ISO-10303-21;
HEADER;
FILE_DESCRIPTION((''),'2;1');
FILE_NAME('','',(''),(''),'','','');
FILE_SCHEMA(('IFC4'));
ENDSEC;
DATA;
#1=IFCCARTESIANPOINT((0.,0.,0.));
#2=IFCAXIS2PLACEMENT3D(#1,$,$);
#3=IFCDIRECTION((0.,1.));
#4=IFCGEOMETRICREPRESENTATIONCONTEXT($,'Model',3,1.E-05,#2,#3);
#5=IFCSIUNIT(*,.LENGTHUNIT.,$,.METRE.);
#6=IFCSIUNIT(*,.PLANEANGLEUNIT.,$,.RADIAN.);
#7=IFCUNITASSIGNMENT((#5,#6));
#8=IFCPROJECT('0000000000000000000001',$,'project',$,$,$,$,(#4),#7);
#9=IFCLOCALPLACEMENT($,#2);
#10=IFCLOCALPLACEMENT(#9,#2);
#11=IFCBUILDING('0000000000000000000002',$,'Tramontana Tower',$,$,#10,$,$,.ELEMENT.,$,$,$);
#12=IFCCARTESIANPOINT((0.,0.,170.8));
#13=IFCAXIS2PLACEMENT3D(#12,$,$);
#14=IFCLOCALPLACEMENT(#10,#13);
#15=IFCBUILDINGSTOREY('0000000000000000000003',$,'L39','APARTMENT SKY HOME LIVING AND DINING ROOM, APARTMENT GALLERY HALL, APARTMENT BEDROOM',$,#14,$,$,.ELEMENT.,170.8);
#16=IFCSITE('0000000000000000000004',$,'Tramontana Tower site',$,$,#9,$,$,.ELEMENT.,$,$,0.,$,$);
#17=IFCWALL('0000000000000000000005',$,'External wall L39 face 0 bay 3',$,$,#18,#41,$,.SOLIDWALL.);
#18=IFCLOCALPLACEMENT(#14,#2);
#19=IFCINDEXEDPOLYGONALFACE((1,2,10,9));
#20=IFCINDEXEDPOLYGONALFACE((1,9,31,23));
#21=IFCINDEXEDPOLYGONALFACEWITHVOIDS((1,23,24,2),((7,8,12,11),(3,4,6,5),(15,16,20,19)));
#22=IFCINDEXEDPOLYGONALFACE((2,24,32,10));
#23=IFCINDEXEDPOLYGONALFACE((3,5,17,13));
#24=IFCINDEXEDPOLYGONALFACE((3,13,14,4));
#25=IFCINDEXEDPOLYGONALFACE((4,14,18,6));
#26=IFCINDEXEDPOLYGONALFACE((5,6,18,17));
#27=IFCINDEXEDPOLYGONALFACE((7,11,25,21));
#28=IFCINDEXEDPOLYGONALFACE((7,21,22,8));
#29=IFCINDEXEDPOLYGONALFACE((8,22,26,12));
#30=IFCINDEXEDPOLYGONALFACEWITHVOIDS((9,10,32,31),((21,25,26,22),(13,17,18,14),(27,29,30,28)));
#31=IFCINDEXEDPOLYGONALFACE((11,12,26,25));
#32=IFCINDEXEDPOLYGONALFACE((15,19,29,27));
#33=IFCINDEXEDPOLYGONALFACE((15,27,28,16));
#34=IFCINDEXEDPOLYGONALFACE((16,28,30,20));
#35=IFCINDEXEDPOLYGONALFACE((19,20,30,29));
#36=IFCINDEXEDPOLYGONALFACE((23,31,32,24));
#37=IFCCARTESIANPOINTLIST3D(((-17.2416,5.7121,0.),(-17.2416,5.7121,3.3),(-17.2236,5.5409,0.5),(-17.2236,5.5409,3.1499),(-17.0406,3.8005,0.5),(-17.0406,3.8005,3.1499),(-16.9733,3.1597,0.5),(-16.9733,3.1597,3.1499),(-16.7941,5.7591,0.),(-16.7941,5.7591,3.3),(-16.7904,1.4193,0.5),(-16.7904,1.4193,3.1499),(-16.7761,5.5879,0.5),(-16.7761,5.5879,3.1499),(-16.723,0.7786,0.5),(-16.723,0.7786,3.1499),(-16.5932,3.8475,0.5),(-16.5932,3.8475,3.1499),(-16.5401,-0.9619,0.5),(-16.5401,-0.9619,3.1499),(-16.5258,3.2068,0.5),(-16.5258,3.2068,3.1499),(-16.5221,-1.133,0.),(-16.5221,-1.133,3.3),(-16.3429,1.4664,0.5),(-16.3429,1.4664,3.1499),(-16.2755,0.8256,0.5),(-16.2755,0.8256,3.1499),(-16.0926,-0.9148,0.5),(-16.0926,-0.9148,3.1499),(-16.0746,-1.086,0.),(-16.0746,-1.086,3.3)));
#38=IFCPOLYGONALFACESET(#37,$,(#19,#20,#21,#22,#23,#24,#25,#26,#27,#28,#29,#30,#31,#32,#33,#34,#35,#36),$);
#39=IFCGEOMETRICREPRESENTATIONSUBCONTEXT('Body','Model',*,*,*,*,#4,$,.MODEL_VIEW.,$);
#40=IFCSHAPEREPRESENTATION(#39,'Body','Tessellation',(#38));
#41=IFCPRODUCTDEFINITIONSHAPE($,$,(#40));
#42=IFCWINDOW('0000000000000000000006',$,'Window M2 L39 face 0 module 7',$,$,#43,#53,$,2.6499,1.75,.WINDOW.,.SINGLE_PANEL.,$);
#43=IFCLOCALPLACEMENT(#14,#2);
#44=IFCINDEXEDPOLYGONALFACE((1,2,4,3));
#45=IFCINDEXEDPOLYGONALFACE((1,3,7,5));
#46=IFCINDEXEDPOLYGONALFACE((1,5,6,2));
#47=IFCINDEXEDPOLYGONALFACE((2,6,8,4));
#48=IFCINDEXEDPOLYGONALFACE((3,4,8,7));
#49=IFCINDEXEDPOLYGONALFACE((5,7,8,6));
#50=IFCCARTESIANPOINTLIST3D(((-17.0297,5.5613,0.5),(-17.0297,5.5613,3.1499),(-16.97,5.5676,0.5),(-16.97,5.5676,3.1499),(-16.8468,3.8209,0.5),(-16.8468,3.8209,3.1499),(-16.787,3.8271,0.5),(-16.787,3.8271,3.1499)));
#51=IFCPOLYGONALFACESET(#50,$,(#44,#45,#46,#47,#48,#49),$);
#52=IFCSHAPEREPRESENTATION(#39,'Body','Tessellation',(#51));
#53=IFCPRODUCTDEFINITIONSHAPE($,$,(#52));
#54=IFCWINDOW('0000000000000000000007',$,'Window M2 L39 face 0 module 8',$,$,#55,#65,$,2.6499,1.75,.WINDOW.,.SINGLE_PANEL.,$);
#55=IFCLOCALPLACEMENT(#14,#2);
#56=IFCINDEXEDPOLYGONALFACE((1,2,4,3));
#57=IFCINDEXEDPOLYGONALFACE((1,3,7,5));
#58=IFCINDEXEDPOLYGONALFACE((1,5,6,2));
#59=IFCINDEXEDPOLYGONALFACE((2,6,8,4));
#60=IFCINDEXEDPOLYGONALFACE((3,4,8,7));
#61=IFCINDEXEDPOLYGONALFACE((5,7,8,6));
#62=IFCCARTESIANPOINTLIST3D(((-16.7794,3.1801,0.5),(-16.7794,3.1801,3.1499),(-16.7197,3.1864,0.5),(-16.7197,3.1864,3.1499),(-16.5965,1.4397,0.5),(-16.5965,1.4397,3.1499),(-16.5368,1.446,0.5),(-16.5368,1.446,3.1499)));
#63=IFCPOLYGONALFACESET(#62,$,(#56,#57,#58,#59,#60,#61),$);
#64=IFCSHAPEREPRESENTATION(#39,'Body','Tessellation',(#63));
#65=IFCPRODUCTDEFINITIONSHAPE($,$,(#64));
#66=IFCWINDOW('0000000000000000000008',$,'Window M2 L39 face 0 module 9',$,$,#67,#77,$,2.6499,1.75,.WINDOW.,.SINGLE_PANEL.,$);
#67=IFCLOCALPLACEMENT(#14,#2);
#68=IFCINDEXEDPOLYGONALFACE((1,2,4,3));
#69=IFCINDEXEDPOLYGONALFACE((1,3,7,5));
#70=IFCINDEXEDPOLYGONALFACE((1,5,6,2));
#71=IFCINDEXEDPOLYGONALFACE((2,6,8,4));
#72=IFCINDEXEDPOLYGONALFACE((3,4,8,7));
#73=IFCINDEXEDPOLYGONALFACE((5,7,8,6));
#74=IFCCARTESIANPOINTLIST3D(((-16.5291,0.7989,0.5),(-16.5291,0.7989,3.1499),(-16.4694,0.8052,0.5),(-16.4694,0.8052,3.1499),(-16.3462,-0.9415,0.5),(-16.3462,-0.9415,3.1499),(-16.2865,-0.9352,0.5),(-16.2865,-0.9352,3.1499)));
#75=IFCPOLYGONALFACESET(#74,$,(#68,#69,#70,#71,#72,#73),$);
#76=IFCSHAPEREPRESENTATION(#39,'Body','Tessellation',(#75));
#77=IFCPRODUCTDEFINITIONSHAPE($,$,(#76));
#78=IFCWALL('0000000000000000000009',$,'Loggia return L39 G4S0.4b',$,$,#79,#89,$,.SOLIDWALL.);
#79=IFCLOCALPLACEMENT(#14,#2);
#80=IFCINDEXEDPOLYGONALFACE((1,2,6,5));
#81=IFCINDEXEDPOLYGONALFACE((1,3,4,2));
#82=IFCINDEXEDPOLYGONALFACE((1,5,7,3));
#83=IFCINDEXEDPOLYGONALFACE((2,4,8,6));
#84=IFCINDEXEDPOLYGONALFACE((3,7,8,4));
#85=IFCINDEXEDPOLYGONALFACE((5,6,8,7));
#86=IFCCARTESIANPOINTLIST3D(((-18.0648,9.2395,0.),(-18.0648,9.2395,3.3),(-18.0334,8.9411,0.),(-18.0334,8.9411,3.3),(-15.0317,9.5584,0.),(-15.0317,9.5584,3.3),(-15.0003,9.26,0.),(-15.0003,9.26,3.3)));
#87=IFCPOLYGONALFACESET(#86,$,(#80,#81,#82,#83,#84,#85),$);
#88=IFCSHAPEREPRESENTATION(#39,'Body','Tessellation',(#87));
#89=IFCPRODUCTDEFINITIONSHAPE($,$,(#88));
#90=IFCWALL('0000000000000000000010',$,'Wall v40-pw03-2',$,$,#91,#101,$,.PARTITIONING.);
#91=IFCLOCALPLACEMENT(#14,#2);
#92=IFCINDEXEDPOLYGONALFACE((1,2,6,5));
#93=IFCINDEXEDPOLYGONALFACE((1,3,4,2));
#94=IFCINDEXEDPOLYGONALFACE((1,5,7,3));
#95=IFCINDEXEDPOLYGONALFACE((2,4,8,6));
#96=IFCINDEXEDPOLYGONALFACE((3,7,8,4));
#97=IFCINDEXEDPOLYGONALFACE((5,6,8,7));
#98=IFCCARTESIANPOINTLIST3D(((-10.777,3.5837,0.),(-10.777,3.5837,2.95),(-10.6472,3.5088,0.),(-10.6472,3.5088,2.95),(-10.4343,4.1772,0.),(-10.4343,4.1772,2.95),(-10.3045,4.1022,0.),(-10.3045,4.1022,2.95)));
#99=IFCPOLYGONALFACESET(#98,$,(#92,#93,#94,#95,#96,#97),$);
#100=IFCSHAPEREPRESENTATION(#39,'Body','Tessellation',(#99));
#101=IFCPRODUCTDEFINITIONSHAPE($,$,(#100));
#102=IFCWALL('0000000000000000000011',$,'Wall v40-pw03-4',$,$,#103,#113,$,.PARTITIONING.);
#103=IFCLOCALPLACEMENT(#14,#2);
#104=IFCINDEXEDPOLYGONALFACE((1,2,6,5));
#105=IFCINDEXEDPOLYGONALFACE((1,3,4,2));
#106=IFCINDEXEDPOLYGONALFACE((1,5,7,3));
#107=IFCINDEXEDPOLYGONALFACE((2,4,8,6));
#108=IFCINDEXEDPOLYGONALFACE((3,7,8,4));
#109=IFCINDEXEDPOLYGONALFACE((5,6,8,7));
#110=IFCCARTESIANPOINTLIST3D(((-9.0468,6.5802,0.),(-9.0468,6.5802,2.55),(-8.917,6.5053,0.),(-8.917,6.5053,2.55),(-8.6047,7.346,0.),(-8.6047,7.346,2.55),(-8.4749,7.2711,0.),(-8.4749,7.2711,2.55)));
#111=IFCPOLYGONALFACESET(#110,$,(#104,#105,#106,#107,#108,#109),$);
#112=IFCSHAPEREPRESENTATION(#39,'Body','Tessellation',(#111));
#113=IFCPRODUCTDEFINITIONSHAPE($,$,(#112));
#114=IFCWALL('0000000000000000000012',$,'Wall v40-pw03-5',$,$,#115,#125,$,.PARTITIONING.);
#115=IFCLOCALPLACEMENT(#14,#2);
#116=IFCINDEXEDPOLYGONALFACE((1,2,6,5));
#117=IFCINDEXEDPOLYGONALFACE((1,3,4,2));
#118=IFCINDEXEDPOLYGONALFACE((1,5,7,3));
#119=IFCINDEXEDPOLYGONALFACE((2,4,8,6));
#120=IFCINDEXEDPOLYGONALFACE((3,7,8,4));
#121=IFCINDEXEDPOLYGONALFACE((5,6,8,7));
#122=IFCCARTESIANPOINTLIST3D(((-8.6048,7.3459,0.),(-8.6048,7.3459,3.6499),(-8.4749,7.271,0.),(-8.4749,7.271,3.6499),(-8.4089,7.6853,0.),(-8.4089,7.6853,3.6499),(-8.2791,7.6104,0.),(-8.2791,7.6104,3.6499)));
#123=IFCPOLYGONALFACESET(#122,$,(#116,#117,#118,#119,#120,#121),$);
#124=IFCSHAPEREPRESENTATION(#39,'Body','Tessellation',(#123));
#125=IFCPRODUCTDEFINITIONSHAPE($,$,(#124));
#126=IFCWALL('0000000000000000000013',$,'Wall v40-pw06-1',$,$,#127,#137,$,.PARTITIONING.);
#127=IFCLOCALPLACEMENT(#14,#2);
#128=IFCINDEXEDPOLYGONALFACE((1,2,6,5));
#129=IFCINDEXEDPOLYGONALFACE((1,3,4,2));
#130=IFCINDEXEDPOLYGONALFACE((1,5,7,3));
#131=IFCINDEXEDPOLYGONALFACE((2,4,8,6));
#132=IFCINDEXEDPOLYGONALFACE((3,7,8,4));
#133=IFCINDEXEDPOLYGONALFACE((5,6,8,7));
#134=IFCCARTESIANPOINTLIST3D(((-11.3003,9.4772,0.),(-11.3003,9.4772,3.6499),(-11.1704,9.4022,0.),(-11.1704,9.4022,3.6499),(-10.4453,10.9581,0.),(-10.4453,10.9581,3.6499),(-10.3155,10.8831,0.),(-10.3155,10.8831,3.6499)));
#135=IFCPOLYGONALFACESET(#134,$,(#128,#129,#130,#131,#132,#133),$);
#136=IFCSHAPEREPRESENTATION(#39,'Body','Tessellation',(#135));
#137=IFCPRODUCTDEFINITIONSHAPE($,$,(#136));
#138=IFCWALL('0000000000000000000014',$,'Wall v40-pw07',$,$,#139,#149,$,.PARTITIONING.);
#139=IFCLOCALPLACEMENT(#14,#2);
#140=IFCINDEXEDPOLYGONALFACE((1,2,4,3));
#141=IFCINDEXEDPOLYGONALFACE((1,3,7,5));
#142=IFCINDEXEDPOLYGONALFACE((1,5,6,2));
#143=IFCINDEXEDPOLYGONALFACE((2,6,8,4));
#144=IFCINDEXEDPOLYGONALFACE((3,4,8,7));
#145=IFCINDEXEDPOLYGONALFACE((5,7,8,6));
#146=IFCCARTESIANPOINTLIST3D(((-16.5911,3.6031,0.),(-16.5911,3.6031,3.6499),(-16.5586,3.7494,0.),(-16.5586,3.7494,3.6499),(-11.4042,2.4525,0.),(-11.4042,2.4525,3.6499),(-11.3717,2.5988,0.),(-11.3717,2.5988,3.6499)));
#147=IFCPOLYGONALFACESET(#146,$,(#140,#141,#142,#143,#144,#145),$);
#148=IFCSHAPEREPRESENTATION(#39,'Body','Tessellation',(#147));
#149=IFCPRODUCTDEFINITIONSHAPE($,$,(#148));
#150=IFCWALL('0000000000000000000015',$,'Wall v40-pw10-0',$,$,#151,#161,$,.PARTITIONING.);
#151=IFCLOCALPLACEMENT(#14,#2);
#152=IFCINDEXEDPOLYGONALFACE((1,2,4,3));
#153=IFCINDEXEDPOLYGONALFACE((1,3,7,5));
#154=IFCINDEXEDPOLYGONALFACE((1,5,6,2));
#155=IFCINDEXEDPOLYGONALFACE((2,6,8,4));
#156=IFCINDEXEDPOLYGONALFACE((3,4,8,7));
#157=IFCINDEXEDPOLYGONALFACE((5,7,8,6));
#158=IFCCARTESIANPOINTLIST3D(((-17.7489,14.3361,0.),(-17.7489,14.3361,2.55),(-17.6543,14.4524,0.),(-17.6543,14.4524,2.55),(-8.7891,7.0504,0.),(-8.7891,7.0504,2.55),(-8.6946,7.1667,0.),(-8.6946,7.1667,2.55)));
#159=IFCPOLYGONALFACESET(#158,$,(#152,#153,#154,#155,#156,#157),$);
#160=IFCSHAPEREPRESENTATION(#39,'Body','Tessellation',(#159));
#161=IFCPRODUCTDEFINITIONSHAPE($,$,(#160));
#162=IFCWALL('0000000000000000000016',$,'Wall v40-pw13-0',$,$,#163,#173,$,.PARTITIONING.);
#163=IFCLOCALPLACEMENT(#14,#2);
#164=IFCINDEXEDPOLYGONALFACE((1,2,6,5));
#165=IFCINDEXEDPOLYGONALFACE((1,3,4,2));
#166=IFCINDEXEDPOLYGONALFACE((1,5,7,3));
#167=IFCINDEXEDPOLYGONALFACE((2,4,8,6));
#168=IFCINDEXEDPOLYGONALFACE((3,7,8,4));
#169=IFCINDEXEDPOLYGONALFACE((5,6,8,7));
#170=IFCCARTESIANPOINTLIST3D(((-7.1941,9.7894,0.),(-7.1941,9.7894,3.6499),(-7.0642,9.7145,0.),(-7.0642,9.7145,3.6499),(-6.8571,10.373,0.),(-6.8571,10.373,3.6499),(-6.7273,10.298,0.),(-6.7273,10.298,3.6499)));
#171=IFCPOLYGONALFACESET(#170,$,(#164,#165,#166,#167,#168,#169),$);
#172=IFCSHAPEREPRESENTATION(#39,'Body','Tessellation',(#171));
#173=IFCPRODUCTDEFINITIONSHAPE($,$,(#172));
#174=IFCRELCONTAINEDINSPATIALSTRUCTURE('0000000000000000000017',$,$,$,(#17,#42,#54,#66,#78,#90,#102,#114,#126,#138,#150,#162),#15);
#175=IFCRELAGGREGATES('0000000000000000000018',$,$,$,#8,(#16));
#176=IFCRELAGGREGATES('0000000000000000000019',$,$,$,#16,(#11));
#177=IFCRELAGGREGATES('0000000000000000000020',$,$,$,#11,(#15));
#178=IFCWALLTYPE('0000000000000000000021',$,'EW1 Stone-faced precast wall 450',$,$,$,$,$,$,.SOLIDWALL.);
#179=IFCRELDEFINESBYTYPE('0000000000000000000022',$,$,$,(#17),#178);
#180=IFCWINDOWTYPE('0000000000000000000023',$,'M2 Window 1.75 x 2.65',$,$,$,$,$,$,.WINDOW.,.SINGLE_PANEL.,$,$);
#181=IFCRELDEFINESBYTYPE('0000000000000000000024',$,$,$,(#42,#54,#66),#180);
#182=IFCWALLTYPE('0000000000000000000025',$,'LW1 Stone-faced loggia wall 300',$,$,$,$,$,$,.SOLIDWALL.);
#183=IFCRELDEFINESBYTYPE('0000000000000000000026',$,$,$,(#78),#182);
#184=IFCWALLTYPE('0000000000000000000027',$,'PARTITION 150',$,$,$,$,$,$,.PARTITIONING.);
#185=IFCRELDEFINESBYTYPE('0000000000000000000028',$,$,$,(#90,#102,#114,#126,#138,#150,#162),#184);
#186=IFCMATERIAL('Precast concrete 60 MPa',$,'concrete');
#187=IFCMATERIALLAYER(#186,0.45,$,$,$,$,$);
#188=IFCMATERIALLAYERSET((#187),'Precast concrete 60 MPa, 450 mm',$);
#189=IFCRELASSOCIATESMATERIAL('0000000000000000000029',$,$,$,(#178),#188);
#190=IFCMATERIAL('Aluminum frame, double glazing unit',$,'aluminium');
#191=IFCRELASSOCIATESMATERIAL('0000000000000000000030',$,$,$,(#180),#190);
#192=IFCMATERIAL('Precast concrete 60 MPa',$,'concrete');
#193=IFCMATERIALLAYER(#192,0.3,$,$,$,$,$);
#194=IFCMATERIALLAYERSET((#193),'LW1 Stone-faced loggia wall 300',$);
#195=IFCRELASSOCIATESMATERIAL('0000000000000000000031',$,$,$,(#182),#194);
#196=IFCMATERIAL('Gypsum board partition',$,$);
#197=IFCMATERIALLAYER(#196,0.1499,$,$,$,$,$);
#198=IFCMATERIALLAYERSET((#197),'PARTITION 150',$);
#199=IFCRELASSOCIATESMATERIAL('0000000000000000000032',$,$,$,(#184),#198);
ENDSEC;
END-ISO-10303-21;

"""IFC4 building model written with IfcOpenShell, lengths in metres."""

from ifc_helpers import new_model, si_unit, direction, frame, frame_2d, origin, place, context, subcontext, project, spatial, rectangle, extrude, material, layer, layer_set, type_object, element, fill, save


model = new_model("IFC4")

# Units and contexts
model_context = context("Model", 3, precision=1e-05, world=origin(), true_north=direction((0.0, 1.0)))
body_context = subcontext(model_context, "Body", "Model", "MODEL_VIEW")
ifc_project = project(units=[si_unit("LENGTHUNIT", "METRE"), si_unit("PLANEANGLEUNIT", "RADIAN")], contexts=[model_context])

# Site, building, storey
site_placement = place(None, origin())
site = spatial("IfcSite", under=ifc_project, at=site_placement, Name="Tramontana Tower site", CompositionType="ELEMENT", RefElevation=0.0)
building_placement = place(site_placement, origin())
building = spatial("IfcBuilding", under=site, at=building_placement, Name="Tramontana Tower", CompositionType="ELEMENT")
storey_placement = place(building_placement, frame((0.0, 0.0, 170.8)))
storey = spatial("IfcBuildingStorey", under=building, at=storey_placement, Name="L39", Description="APARTMENT SKY HOME LIVING AND DINING ROOM, APARTMENT GALLERY HALL, APARTMENT BEDROOM", CompositionType="ELEMENT", Elevation=170.8)

# Shared definitions
ifc_material_1 = material(Name="Precast concrete 60 MPa", Category="concrete")
ifc_layer_1 = layer(ifc_material_1, 0.45)
ifc_layer_set_1 = layer_set([ifc_layer_1], Name="Precast concrete 60 MPa, 450 mm")
wall_type_1 = type_object("IfcWallType", Name="EW1 Stone-faced precast wall 450", PredefinedType="SOLIDWALL", material=ifc_layer_set_1)
ifc_material_2 = material(Name="Aluminum frame, double glazing unit", Category="aluminium")
window_type = type_object("IfcWindowType", Name="M2 Window 1.75 x 2.65", PartitioningType="SINGLE_PANEL", PredefinedType="WINDOW", material=ifc_material_2)

# Wall, openings, windows
wall_1_placement = place(storey_placement, frame((-17.0178, 5.7356, 0.0), z_axis=(0.0, 0.0, 1.0), x_axis=(0.104532, -0.994522, 0.0)))
wall_1 = element("IfcWall", 1, at=wall_1_placement, inside=storey, type_object=wall_type_1, Name="External wall L39 face 0 bay 3", PredefinedType="SOLIDWALL", context=body_context, shape_type="SweptSolid", body=[
    extrude(rectangle(XDim=6.8828, YDim=0.45, at=frame_2d((3.4414, 0.0))), origin(), (0.0, 0.0, 1.0), 3.3),
])
opening_1_placement = place(wall_1_placement, frame((0.1721, 0.0, 0.5)))
opening_1 = element("IfcOpeningElement", 2, at=opening_1_placement, cuts=wall_1, PredefinedType="OPENING", context=body_context, shape_type="SweptSolid", body=[
    extrude(rectangle(XDim=1.75, YDim=2.6499, at=frame_2d((0.875, 1.325))), frame((0.0, 0.2349, 0.0), z_axis=(0.0, -1.0, 0.0), x_axis=(1.0, 0.0, 0.0)), (0.0, 0.0, 1.0), 0.47),
])
opening_2_placement = place(wall_1_placement, frame((2.5664, 0.0, 0.5)))
opening_2 = element("IfcOpeningElement", 3, at=opening_2_placement, cuts=wall_1, PredefinedType="OPENING", context=body_context, shape_type="SweptSolid", body=[
    extrude(rectangle(XDim=1.75, YDim=2.6499, at=frame_2d((0.875, 1.325))), frame((0.0, 0.2349, 0.0), z_axis=(0.0, -1.0, 0.0), x_axis=(1.0, 0.0, 0.0)), (0.0, 0.0, 1.0), 0.47),
])
opening_3_placement = place(wall_1_placement, frame((4.9607, 0.0, 0.5)))
opening_3 = element("IfcOpeningElement", 4, at=opening_3_placement, cuts=wall_1, PredefinedType="OPENING", context=body_context, shape_type="SweptSolid", body=[
    extrude(rectangle(XDim=1.75, YDim=2.6499, at=frame_2d((0.875, 1.325))), frame((0.0, 0.2349, 0.0), z_axis=(0.0, -1.0, 0.0), x_axis=(1.0, 0.0, 0.0)), (0.0, 0.0, 1.0), 0.47),
])
window_1_placement = place(opening_1_placement, origin())
window_1 = element("IfcWindow", 5, at=window_1_placement, inside=storey, type_object=window_type, Name="Window M2 L39 face 0 module 7", OverallHeight=2.6499, OverallWidth=1.75, PartitioningType="SINGLE_PANEL", PredefinedType="WINDOW", context=body_context, shape_type="SweptSolid", body=[
    extrude(rectangle(XDim=1.75, YDim=2.6499, at=frame_2d((0.875, 1.325))), frame((0.0, 0.03, 0.0), z_axis=(0.0, -1.0, 0.0), x_axis=(1.0, 0.0, 0.0)), (0.0, 0.0, 1.0), 0.0601),
])
fill(opening_1, window_1)
window_2_placement = place(opening_2_placement, origin())
window_2 = element("IfcWindow", 6, at=window_2_placement, inside=storey, type_object=window_type, Name="Window M2 L39 face 0 module 8", OverallHeight=2.6499, OverallWidth=1.75, PartitioningType="SINGLE_PANEL", PredefinedType="WINDOW", context=body_context, shape_type="SweptSolid", body=[
    extrude(rectangle(XDim=1.75, YDim=2.6499, at=frame_2d((0.875, 1.325))), frame((0.0, 0.03, 0.0), z_axis=(0.0, -1.0, 0.0), x_axis=(1.0, 0.0, 0.0)), (0.0, 0.0, 1.0), 0.0601),
])
fill(opening_2, window_2)
window_3_placement = place(opening_3_placement, origin())
window_3 = element("IfcWindow", 7, at=window_3_placement, inside=storey, type_object=window_type, Name="Window M2 L39 face 0 module 9", OverallHeight=2.6499, OverallWidth=1.75, PartitioningType="SINGLE_PANEL", PredefinedType="WINDOW", context=body_context, shape_type="SweptSolid", body=[
    extrude(rectangle(XDim=1.75, YDim=2.6499, at=frame_2d((0.875, 1.325))), frame((0.0, 0.03, 0.0), z_axis=(0.0, -1.0, 0.0), x_axis=(1.0, 0.0, 0.0)), (0.0, 0.0, 1.0), 0.0601),
])
fill(opening_3, window_3)

# Walls
ifc_material_3 = material(Name="Precast concrete 60 MPa", Category="concrete")
ifc_layer_2 = layer(ifc_material_3, 0.3)
ifc_layer_set_2 = layer_set([ifc_layer_2], Name="LW1 Stone-faced loggia wall 300")
wall_type_2 = type_object("IfcWallType", Name="LW1 Stone-faced loggia wall 300", PredefinedType="SOLIDWALL", material=ifc_layer_set_2)
wall_2_placement = place(storey_placement, frame((-18.0491, 9.0903, 0.0), z_axis=(0.0, 0.0, 1.0), x_axis=(0.99452, 0.104543, 0.0)))
element("IfcWall", 8, at=wall_2_placement, inside=storey, type_object=wall_type_2, Name="Loggia return L39 G4S0.4b", PredefinedType="SOLIDWALL", context=body_context, shape_type="SweptSolid", body=[
    extrude(rectangle(XDim=3.0498, YDim=0.3, at=frame_2d((1.5249, 0.0))), origin(), (0.0, 0.0, 1.0), 3.3),
])
ifc_material_4 = material(Name="Gypsum board partition")
ifc_layer_3 = layer(ifc_material_4, 0.1499)
ifc_layer_set_3 = layer_set([ifc_layer_3], Name="PARTITION 150")
wall_type_3 = type_object("IfcWallType", Name="PARTITION 150", PredefinedType="PARTITIONING", material=ifc_layer_set_3)
wall_3_placement = place(storey_placement, frame((-10.7122, 3.5461, 0.0), z_axis=(0.0, 0.0, 1.0), x_axis=(0.500123, 0.865954, 0.0)))
element("IfcWall", 9, at=wall_3_placement, inside=storey, type_object=wall_type_3, Name="Wall v40-pw03-2", PredefinedType="PARTITIONING", context=body_context, shape_type="SweptSolid", body=[
    extrude(rectangle(XDim=0.6853, YDim=0.1499, at=frame_2d((0.3428, 0.0))), origin(), (0.0, 0.0, 1.0), 2.95),
])

# Walls
wall_4_placement = place(storey_placement, frame((-8.9819, 6.5427, 0.0), z_axis=(0.0, 0.0, 1.0), x_axis=(0.499969, 0.866043, 0.0)))
element("IfcWall", 10, at=wall_4_placement, inside=storey, type_object=wall_type_3, Name="Wall v40-pw03-4", PredefinedType="PARTITIONING", context=body_context, shape_type="SweptSolid", body=[
    extrude(rectangle(XDim=0.8843, YDim=0.1499, at=frame_2d((0.4421, 0.0))), origin(), (0.0, 0.0, 1.0), 2.55),
])
wall_5_placement = place(storey_placement, frame((-8.5398, 7.3086, 0.0), z_axis=(0.0, 0.0, 1.0), x_axis=(0.499758, 0.866165, 0.0)))
element("IfcWall", 11, at=wall_5_placement, inside=storey, type_object=wall_type_3, Name="Wall v40-pw03-5", PredefinedType="PARTITIONING", context=body_context, shape_type="SweptSolid", body=[
    extrude(rectangle(XDim=0.3918, YDim=0.1499, at=frame_2d((0.1958, 0.0))), origin(), (0.0, 0.0, 1.0), 3.6499),
])
wall_6_placement = place(storey_placement, frame((-11.2354, 9.4397, 0.0), z_axis=(0.0, 0.0, 1.0), x_axis=(0.499978, 0.866038, 0.0)))
element("IfcWall", 12, at=wall_6_placement, inside=storey, type_object=wall_type_3, Name="Wall v40-pw06-1", PredefinedType="PARTITIONING", context=body_context, shape_type="SweptSolid", body=[
    extrude(rectangle(XDim=1.71, YDim=0.1499, at=frame_2d((0.855, 0.0))), origin(), (0.0, 0.0, 1.0), 3.6499),
])

# Walls
wall_7_placement = place(storey_placement, frame((-11.3879, 2.5256, 0.0), z_axis=(0.0, 0.0, 1.0), x_axis=(-0.976268, 0.216566, 0.0)))
element("IfcWall", 13, at=wall_7_placement, inside=storey, type_object=wall_type_3, Name="Wall v40-pw07", PredefinedType="PARTITIONING", context=body_context, shape_type="SweptSolid", body=[
    extrude(rectangle(XDim=5.313, YDim=0.1499, at=frame_2d((2.6565, 0.0))), origin(), (0.0, 0.0, 1.0), 3.6499),
])
wall_8_placement = place(storey_placement, frame((-8.7419, 7.1086, 0.0), z_axis=(0.0, 0.0, 1.0), x_axis=(-0.775865, 0.630899, 0.0)))
element("IfcWall", 14, at=wall_8_placement, inside=storey, type_object=wall_type_3, Name="Wall v40-pw10-0", PredefinedType="PARTITIONING", context=body_context, shape_type="SweptSolid", body=[
    extrude(rectangle(XDim=11.5481, YDim=0.1499, at=frame_2d((5.7739, 0.0))), origin(), (0.0, 0.0, 1.0), 2.55),
])

# Wall
wall_9_placement = place(storey_placement, frame((-7.1292, 9.752, 0.0), z_axis=(0.0, 0.0, 1.0), x_axis=(0.500036, 0.866005, 0.0)))
element("IfcWall", 15, at=wall_9_placement, inside=storey, type_object=wall_type_3, Name="Wall v40-pw13-0", PredefinedType="PARTITIONING", context=body_context, shape_type="SweptSolid", body=[
    extrude(rectangle(XDim=0.6738, YDim=0.1499, at=frame_2d((0.3369, 0.0))), origin(), (0.0, 0.0, 1.0), 3.6499),
])

save(model, "model.ifc")
